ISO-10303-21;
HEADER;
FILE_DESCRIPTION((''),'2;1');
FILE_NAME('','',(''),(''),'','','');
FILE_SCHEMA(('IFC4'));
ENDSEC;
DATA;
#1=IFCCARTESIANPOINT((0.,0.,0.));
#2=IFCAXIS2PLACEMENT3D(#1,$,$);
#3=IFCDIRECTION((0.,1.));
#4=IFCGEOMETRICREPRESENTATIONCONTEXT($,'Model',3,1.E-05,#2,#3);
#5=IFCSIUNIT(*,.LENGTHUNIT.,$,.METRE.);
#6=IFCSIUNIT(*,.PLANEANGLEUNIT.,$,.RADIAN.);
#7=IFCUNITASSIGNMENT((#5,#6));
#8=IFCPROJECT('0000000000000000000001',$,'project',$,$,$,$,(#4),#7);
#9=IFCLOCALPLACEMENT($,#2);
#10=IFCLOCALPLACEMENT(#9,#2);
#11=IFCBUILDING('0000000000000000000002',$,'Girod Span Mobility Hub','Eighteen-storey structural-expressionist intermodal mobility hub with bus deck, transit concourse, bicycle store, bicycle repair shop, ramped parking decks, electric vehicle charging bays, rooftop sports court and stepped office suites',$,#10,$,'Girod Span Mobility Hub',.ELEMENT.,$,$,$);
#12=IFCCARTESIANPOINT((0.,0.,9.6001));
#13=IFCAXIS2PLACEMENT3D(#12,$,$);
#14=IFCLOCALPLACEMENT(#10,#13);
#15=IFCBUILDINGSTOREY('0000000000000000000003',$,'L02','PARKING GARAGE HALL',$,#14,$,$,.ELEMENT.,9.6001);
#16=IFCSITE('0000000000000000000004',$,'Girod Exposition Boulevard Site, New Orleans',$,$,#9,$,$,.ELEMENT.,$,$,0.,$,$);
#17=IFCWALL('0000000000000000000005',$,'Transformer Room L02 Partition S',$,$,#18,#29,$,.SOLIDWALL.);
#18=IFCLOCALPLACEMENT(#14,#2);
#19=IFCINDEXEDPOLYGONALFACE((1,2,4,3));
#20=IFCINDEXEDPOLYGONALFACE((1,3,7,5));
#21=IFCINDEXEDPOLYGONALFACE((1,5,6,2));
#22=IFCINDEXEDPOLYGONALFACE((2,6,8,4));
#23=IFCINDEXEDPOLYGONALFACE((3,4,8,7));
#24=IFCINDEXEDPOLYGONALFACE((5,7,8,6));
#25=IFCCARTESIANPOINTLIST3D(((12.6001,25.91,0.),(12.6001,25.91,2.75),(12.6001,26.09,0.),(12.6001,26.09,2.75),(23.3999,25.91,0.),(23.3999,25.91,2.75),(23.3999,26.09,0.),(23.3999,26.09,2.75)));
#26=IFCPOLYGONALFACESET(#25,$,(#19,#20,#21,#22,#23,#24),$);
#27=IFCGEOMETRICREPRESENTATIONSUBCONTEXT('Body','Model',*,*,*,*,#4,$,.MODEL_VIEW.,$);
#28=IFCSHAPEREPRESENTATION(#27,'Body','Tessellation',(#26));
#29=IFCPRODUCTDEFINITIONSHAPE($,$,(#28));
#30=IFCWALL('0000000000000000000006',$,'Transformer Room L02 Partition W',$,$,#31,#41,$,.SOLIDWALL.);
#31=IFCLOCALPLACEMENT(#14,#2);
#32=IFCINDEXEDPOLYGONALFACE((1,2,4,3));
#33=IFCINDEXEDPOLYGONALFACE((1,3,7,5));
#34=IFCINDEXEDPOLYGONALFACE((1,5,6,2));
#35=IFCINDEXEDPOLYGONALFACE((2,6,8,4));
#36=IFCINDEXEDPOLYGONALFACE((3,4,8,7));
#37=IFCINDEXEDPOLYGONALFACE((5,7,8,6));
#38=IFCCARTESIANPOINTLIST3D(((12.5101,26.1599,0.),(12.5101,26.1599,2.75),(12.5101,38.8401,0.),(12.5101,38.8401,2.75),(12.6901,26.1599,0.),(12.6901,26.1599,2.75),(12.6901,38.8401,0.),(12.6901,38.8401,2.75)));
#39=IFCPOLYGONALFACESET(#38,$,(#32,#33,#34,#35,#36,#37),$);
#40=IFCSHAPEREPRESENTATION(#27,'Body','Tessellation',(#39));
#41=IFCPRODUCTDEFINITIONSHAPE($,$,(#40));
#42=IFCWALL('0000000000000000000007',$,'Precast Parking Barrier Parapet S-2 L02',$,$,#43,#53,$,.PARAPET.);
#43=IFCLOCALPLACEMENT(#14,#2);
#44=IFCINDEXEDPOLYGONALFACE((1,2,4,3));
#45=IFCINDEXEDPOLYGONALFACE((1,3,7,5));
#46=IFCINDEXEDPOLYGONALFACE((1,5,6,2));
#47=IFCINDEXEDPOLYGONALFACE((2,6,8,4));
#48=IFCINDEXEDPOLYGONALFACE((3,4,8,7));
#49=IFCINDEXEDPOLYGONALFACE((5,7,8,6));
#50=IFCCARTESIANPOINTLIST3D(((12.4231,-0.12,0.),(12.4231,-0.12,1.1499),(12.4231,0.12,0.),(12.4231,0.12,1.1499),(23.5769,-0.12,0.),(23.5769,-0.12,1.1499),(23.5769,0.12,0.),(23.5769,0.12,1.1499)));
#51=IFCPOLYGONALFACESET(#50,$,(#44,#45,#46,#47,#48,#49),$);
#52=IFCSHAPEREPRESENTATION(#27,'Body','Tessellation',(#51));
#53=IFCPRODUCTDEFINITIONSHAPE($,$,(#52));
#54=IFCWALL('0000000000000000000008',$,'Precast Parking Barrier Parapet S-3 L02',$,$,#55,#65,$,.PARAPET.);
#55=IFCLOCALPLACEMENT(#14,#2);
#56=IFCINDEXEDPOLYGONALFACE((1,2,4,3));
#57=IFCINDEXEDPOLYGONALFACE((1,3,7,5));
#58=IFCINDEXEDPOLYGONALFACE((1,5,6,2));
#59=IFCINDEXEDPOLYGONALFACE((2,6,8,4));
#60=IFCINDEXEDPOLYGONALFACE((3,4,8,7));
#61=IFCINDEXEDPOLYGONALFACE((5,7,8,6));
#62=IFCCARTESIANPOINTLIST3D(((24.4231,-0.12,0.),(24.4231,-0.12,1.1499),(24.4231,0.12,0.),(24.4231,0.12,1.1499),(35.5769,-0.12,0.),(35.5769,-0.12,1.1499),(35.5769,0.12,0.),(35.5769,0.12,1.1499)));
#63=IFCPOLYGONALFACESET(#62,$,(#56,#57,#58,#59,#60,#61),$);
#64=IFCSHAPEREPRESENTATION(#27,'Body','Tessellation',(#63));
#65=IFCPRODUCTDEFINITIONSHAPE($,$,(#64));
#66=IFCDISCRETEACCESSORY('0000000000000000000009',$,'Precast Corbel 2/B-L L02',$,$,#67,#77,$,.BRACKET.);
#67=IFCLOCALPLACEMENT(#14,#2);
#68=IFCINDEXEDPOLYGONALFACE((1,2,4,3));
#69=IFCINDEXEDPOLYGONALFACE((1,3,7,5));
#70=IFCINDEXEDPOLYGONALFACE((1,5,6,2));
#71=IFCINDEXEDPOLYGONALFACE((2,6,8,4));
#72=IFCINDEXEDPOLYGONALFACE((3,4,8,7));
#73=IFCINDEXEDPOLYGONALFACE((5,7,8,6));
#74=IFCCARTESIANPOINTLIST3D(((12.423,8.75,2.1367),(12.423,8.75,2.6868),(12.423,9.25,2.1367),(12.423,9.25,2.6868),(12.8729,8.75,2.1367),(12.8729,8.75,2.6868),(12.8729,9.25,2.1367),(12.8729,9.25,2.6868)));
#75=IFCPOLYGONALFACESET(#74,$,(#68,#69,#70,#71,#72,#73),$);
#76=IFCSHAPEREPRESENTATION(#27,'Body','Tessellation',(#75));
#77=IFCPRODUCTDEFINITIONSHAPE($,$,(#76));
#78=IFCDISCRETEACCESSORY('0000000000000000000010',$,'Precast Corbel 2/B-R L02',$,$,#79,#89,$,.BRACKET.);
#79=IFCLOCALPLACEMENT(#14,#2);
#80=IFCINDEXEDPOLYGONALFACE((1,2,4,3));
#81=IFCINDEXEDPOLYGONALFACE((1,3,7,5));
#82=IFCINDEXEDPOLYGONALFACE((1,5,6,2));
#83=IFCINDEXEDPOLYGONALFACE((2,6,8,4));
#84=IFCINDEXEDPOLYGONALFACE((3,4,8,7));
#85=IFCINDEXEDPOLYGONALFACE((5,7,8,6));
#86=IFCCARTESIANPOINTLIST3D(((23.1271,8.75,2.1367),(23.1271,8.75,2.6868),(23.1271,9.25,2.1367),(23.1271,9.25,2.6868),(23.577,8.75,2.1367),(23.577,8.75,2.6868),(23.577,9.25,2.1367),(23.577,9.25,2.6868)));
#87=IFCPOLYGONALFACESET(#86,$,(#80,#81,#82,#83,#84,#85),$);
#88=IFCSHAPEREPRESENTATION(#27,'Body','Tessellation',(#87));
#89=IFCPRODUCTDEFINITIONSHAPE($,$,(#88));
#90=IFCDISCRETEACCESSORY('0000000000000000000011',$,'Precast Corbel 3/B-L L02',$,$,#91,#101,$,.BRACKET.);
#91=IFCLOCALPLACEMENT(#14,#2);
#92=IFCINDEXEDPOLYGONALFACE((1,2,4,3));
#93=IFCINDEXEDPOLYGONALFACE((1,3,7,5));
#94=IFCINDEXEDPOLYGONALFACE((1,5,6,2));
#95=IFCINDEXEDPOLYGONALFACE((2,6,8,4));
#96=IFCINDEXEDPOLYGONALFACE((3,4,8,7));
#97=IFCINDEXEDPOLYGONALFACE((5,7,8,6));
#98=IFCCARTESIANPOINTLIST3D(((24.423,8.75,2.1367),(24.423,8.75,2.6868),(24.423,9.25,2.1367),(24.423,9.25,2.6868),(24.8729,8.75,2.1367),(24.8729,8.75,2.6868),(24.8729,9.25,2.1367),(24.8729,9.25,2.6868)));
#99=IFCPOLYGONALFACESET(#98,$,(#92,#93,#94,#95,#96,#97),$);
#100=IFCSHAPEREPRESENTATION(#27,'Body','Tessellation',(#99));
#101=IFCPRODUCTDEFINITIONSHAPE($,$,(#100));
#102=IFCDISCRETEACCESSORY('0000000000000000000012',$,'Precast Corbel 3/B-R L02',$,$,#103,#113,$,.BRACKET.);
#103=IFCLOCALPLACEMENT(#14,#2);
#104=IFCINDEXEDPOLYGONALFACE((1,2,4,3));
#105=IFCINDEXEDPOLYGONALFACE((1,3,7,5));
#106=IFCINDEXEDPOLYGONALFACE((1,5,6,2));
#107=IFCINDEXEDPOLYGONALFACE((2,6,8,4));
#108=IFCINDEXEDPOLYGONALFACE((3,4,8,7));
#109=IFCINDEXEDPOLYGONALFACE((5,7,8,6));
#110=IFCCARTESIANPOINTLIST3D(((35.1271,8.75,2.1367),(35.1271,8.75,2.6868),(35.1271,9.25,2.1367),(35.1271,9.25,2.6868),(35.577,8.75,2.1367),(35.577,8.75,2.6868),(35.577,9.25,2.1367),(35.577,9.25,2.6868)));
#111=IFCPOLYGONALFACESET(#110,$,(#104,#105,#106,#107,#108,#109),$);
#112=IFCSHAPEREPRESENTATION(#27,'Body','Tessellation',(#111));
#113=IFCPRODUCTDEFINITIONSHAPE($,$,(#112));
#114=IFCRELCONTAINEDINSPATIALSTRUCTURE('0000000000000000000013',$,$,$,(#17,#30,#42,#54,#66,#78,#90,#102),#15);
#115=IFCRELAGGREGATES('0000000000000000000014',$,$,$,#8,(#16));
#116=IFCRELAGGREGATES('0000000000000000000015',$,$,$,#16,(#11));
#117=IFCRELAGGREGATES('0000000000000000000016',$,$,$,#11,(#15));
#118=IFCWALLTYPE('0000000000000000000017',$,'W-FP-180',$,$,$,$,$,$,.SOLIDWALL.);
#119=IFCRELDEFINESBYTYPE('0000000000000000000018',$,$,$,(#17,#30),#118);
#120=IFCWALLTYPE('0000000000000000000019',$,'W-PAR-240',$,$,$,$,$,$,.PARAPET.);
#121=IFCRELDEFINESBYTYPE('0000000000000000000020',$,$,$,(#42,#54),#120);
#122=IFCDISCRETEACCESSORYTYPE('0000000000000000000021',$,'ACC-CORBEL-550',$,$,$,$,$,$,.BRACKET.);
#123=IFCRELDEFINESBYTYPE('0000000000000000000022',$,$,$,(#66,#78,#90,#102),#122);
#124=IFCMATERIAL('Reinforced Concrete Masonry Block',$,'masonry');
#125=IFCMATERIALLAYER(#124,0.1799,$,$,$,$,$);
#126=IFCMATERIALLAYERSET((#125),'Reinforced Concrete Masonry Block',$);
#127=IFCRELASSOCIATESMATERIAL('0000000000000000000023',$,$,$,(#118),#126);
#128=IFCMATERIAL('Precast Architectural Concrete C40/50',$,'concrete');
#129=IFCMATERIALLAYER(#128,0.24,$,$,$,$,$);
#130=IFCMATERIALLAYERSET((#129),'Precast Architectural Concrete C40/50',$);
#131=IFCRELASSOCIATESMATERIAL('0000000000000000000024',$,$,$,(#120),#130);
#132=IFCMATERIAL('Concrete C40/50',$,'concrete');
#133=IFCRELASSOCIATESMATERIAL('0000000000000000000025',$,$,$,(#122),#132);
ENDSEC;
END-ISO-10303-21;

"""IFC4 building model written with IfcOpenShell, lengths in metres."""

from ifc_helpers import new_model, si_unit, direction, frame, frame_2d, origin, origin_2d, place, context, subcontext, project, spatial, rectangle, extrude, material, layer, layer_set, type_object, element, save


model = new_model("IFC4")

# Units and contexts
model_context = context("Model", 3, precision=1e-05, world=origin(), true_north=direction((0.0, 1.0)))
body_context = subcontext(model_context, "Body", "Model", "MODEL_VIEW")
ifc_project = project(units=[si_unit("LENGTHUNIT", "METRE"), si_unit("PLANEANGLEUNIT", "RADIAN")], contexts=[model_context])

# Site, building, storey
site_placement = place(None, origin())
site = spatial("IfcSite", under=ifc_project, at=site_placement, Name="Girod Exposition Boulevard Site, New Orleans", CompositionType="ELEMENT", RefElevation=0.0)
building_placement = place(site_placement, origin())
building = spatial("IfcBuilding", under=site, at=building_placement, Name="Girod Span Mobility Hub", Description="Eighteen-storey structural-expressionist intermodal mobility hub with bus deck, transit concourse, bicycle store, bicycle repair shop, ramped parking decks, electric vehicle charging bays, rooftop sports court and stepped office suites", LongName="Girod Span Mobility Hub", CompositionType="ELEMENT")
storey_placement = place(building_placement, frame((0.0, 0.0, 9.6001)))
storey = spatial("IfcBuildingStorey", under=building, at=storey_placement, Name="L02", Description="PARKING GARAGE HALL", CompositionType="ELEMENT", Elevation=9.6001)

# Walls
ifc_material_1 = material(Name="Reinforced Concrete Masonry Block", Category="masonry")
ifc_layer_1 = layer(ifc_material_1, 0.1799)
ifc_layer_set_1 = layer_set([ifc_layer_1], Name="Reinforced Concrete Masonry Block")
wall_type_1 = type_object("IfcWallType", Name="W-FP-180", PredefinedType="SOLIDWALL", material=ifc_layer_set_1)
wall_1_placement = place(storey_placement, frame((12.6001, 26.0, 0.0), z_axis=(0.0, 0.0, 1.0), x_axis=(1.0, 0.0, 0.0)))
element("IfcWall", 1, at=wall_1_placement, inside=storey, type_object=wall_type_1, Name="Transformer Room L02 Partition S", PredefinedType="SOLIDWALL", context=body_context, shape_type="SweptSolid", body=[
    extrude(rectangle(XDim=10.7998, YDim=0.1799, at=frame_2d((5.3999, 0.0))), origin(), (0.0, 0.0, 1.0), 2.75),
])
wall_2_placement = place(storey_placement, frame((12.6001, 26.1599, 0.0), z_axis=(0.0, 0.0, 1.0), x_axis=(0.0, 1.0, 0.0)))
element("IfcWall", 2, at=wall_2_placement, inside=storey, type_object=wall_type_1, Name="Transformer Room L02 Partition W", PredefinedType="SOLIDWALL", context=body_context, shape_type="SweptSolid", body=[
    extrude(rectangle(XDim=12.6802, YDim=0.1799, at=frame_2d((6.3401, 0.0))), origin(), (0.0, 0.0, 1.0), 2.75),
])
ifc_material_2 = material(Name="Precast Architectural Concrete C40/50", Category="concrete")
ifc_layer_2 = layer(ifc_material_2, 0.24)
ifc_layer_set_2 = layer_set([ifc_layer_2], Name="Precast Architectural Concrete C40/50")
wall_type_2 = type_object("IfcWallType", Name="W-PAR-240", PredefinedType="PARAPET", material=ifc_layer_set_2)
for number, where, z_axis, x_axis, name in (
    (3, (12.4231, 0.0, 0.0), (0.0, 0.0, 1.0), (1.0, 0.0, 0.0), "Precast Parking Barrier Parapet S-2 L02"),
    (4, (24.4231, 0.0, 0.0), (0.0, 0.0, 1.0), (1.0, 0.0, 0.0), "Precast Parking Barrier Parapet S-3 L02"),
):
    element("IfcWall", number, at=place(storey_placement, frame(where, z_axis=z_axis, x_axis=x_axis)), inside=storey, type_object=wall_type_2, Name=name, PredefinedType="PARAPET", context=body_context, shape_type="SweptSolid", body=[
        extrude(rectangle(XDim=11.1538, YDim=0.24, at=frame_2d((5.5769, 0.0))), origin(), (0.0, 0.0, 1.0), 1.1499),
    ])

# Discrete accessories
ifc_material_3 = material(Name="Concrete C40/50", Category="concrete")
discrete_accessory_type = type_object("IfcDiscreteAccessoryType", Name="ACC-CORBEL-550", PredefinedType="BRACKET", material=ifc_material_3)
for number, where, z_axis, x_axis, name in (
    (5, (12.6479, 9.0, 2.1367), (0.0, 0.0, 1.0), (1.0, 0.0, 0.0), "Precast Corbel 2/B-L L02"),
    (6, (23.3521, 9.0, 2.1367), (0.0, 0.0, 1.0), (1.0, 0.0, 0.0), "Precast Corbel 2/B-R L02"),
    (7, (24.6479, 9.0, 2.1367), (0.0, 0.0, 1.0), (1.0, 0.0, 0.0), "Precast Corbel 3/B-L L02"),
    (8, (35.3521, 9.0, 2.1367), (0.0, 0.0, 1.0), (1.0, 0.0, 0.0), "Precast Corbel 3/B-R L02"),
):
    element("IfcDiscreteAccessory", number, at=place(storey_placement, frame(where, z_axis=z_axis, x_axis=x_axis)), inside=storey, type_object=discrete_accessory_type, Name=name, PredefinedType="BRACKET", context=body_context, shape_type="SweptSolid", body=[
        extrude(rectangle(XDim=0.45, YDim=0.5, at=origin_2d()), origin(), (0.0, 0.0, 1.0), 0.55),
    ])

save(model, "model.ifc")
